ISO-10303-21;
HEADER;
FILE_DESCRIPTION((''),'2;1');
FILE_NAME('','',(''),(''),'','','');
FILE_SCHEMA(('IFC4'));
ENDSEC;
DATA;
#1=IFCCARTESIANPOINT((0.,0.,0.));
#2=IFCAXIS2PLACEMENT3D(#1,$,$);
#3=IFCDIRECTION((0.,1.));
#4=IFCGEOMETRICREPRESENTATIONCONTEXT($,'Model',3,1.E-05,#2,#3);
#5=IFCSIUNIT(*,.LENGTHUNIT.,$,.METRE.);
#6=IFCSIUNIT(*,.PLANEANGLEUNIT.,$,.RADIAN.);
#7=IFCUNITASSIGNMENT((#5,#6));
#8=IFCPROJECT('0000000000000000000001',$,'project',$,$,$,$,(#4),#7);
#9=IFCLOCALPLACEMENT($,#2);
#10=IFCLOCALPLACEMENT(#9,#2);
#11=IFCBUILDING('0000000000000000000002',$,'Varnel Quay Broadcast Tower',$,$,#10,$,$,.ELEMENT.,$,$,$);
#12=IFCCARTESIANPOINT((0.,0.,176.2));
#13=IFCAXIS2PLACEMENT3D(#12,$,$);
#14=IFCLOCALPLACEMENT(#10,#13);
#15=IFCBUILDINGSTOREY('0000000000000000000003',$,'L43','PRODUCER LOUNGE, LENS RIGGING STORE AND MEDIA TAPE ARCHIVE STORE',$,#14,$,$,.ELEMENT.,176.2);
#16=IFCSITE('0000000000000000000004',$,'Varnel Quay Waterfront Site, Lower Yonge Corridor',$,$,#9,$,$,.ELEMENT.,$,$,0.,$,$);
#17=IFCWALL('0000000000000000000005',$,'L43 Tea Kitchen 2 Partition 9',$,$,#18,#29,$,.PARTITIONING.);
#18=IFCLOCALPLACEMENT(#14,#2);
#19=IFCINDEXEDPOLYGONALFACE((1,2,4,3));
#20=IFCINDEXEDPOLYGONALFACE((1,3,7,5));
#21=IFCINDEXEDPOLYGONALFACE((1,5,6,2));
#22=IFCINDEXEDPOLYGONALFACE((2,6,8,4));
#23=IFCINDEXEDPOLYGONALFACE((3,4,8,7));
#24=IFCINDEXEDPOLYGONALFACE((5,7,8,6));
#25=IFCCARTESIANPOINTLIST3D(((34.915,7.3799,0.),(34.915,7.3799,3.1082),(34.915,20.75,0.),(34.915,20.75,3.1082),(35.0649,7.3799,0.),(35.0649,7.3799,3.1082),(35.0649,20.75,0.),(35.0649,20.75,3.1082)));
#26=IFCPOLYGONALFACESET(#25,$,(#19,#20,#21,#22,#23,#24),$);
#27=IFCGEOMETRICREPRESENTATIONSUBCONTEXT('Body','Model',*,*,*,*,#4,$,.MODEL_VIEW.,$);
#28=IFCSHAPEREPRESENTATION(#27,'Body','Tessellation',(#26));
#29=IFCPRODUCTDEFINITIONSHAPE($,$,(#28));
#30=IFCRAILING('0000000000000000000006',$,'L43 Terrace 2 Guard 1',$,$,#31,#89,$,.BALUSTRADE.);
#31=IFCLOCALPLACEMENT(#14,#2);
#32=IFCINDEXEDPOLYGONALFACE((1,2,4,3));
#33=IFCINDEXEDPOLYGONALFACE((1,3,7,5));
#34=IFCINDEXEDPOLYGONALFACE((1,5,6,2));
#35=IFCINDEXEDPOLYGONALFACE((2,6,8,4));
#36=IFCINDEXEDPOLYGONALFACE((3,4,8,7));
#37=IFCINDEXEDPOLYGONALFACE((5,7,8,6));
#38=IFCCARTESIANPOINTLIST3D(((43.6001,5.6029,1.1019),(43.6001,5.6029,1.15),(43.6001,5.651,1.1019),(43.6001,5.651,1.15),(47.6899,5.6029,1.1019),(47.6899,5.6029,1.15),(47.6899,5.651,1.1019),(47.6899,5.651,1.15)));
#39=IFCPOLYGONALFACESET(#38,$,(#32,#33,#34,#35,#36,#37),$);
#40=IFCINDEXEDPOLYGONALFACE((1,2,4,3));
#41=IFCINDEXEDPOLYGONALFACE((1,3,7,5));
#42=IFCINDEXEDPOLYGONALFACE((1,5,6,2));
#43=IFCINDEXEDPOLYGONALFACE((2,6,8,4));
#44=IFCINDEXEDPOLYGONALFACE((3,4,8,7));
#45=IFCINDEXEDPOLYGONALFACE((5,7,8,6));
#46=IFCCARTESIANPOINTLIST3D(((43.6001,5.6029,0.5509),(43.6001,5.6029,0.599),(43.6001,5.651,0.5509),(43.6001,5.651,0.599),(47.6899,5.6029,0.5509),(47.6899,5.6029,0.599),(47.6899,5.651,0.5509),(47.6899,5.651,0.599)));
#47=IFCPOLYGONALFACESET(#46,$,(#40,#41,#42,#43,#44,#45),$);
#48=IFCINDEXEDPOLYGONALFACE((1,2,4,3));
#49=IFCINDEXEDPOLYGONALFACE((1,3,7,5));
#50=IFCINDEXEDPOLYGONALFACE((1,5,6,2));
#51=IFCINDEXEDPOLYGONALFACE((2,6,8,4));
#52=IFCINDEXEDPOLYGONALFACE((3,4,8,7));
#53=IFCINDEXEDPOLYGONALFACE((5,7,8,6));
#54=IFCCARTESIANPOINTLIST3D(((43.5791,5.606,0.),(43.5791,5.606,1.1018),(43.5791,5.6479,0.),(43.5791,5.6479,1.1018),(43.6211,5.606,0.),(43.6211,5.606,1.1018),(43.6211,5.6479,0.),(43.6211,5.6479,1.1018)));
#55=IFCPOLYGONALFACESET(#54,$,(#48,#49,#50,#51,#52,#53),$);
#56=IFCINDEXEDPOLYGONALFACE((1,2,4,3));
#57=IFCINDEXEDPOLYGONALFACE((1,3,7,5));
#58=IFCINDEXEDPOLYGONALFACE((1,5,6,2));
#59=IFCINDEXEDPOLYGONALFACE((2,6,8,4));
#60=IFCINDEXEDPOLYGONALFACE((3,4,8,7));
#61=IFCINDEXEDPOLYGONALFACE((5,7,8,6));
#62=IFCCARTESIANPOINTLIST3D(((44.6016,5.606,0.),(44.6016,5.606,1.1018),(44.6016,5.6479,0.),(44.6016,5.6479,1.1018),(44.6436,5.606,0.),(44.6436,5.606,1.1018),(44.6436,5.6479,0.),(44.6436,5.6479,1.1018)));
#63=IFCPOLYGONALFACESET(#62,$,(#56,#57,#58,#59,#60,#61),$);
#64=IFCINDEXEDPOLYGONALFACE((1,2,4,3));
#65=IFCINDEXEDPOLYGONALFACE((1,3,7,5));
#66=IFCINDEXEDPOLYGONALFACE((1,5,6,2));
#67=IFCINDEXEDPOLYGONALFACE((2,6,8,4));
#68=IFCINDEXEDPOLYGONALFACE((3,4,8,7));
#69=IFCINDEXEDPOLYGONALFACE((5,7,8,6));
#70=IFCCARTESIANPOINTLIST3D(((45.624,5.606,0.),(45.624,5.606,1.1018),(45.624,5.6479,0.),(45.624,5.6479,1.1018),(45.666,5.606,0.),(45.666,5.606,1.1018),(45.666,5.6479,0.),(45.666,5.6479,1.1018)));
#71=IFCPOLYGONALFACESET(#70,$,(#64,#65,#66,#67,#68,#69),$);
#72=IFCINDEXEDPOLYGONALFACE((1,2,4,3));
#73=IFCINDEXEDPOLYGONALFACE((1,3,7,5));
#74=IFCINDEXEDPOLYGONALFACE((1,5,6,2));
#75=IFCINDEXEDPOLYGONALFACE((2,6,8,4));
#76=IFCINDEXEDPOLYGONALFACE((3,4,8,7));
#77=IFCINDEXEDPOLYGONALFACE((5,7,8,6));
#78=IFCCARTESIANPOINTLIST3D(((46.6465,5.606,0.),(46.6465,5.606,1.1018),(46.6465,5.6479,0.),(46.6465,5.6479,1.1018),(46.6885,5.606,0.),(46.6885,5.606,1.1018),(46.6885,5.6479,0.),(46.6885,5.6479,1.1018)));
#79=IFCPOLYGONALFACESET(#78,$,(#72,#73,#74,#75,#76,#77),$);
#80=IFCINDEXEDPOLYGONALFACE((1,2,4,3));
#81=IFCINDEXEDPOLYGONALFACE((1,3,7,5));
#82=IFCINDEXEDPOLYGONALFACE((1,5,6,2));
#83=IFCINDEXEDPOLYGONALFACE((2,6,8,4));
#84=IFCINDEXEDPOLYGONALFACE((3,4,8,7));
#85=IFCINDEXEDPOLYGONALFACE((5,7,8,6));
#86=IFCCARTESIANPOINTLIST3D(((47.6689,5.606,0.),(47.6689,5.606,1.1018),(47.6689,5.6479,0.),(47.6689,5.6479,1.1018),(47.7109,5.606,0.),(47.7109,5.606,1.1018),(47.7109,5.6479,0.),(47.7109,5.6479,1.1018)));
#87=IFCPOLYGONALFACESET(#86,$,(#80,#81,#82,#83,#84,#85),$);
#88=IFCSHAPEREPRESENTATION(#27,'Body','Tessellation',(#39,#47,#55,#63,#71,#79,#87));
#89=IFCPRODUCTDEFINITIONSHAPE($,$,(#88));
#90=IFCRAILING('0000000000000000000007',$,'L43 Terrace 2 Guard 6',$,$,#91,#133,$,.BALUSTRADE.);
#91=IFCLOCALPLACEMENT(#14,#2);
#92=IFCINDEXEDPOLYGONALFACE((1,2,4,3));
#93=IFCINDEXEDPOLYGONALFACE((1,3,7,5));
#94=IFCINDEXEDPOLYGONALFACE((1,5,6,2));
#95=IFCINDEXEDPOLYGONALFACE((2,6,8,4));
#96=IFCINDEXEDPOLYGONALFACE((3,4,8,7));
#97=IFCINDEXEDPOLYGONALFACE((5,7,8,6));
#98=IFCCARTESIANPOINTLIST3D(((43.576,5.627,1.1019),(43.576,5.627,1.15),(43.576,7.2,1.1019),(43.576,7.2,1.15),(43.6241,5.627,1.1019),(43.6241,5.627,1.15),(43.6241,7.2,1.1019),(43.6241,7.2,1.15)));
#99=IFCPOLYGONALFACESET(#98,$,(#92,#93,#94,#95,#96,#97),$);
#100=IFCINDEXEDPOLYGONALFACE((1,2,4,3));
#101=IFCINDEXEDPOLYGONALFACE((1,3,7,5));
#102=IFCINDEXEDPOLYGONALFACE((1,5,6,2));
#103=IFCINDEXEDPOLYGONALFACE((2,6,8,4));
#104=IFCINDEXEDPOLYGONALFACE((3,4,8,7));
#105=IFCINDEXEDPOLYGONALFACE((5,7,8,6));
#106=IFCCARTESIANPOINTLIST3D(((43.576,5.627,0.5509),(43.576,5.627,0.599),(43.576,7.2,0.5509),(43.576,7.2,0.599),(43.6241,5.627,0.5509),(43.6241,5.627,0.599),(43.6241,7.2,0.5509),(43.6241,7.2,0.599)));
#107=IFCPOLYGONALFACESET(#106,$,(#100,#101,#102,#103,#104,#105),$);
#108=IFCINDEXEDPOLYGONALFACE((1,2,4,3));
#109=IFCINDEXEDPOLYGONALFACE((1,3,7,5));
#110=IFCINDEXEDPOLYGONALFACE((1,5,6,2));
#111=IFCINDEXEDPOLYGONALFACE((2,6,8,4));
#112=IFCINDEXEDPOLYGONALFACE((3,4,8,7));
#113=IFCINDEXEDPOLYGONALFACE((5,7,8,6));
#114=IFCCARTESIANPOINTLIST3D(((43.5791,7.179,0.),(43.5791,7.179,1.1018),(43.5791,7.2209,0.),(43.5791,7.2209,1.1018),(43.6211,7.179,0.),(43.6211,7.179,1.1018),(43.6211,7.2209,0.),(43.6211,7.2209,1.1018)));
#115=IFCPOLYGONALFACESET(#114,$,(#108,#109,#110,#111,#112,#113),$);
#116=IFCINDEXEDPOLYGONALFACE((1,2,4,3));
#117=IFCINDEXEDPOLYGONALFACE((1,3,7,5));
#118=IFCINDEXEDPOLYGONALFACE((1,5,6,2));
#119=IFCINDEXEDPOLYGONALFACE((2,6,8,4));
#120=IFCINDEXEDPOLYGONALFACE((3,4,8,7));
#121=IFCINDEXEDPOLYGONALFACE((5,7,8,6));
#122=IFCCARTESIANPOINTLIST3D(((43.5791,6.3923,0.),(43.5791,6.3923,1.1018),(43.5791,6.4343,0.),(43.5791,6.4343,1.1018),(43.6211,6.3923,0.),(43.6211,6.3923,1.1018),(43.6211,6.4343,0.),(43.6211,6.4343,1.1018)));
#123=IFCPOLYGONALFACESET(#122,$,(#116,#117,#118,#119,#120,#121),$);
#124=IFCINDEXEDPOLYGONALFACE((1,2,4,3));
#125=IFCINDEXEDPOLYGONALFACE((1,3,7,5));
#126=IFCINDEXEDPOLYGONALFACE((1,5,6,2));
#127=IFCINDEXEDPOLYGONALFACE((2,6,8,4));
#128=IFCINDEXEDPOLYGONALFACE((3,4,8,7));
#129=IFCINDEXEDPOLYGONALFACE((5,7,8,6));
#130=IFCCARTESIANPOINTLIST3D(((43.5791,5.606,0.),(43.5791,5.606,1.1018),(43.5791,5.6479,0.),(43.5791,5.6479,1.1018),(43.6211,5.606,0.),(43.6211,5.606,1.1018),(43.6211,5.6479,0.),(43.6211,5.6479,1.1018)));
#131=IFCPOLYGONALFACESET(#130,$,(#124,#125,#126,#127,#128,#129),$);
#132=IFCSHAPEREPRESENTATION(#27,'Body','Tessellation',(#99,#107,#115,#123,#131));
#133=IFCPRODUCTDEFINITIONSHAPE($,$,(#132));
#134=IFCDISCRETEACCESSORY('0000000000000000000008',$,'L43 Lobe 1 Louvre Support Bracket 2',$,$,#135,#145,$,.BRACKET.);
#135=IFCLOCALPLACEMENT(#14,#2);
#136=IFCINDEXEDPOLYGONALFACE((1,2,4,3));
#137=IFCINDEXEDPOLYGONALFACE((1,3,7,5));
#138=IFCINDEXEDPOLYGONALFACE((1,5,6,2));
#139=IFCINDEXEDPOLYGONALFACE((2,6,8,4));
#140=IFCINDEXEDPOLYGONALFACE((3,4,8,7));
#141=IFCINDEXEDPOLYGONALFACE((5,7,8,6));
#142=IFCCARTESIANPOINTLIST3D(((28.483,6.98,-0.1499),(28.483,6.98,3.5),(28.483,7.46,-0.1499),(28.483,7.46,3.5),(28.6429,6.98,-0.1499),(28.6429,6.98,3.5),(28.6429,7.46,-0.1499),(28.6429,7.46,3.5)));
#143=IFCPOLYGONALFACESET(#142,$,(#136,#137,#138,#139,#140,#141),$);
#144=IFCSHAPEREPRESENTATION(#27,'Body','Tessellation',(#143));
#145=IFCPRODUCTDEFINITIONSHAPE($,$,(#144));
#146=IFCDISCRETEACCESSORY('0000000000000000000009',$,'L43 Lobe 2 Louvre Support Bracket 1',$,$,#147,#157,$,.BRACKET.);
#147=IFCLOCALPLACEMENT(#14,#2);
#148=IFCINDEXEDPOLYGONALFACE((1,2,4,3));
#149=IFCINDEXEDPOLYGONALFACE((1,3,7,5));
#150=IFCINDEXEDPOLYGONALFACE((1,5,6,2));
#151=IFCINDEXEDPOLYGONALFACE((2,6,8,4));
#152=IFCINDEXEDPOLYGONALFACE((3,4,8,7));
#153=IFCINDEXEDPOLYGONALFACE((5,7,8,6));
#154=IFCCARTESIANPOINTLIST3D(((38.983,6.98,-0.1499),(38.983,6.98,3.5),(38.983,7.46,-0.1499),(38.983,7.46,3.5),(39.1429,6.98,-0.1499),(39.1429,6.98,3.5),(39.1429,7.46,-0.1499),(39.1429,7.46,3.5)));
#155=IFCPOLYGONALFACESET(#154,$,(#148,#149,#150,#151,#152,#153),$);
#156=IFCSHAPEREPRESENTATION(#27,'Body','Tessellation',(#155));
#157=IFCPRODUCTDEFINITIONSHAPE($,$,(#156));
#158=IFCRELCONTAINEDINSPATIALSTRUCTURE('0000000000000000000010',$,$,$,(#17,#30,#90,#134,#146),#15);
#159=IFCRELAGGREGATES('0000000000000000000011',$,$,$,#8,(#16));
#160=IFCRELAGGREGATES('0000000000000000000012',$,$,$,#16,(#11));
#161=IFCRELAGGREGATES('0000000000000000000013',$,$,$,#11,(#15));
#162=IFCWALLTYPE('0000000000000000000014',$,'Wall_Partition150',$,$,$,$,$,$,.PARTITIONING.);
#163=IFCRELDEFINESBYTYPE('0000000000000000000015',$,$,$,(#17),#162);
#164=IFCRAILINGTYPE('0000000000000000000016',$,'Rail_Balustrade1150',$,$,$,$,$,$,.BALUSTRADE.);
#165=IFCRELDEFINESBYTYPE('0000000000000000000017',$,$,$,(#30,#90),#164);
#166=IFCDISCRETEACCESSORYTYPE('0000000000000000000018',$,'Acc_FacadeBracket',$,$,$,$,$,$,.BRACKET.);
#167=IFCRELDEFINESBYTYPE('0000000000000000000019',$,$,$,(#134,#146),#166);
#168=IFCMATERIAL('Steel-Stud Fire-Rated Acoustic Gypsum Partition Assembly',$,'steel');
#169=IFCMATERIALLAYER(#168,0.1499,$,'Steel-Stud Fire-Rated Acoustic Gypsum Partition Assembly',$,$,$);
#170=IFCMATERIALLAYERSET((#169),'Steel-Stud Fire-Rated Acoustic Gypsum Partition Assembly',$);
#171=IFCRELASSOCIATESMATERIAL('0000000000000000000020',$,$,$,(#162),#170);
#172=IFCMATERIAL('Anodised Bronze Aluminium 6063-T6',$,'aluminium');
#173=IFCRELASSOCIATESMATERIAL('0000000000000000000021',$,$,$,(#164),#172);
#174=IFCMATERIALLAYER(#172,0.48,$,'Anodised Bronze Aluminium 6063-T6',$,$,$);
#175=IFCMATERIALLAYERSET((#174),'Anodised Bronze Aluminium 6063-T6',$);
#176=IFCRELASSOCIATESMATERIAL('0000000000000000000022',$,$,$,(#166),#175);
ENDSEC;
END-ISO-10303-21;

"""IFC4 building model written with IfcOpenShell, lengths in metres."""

from ifc_helpers import new_model, si_unit, direction, frame, frame_2d, origin, origin_2d, place, context, subcontext, project, spatial, rectangle, extrude, source, transform, mapped, material, layer, layer_set, type_object, type_shapes, element, save


model = new_model("IFC4")

# Units and contexts
model_context = context("Model", 3, precision=1e-05, world=origin(), true_north=direction((0.0, 1.0)))
body_context = subcontext(model_context, "Body", "Model", "MODEL_VIEW")
ifc_project = project(units=[si_unit("LENGTHUNIT", "METRE"), si_unit("PLANEANGLEUNIT", "RADIAN")], contexts=[model_context])

# Site, building, storey
site_placement = place(None, origin())
site = spatial("IfcSite", under=ifc_project, at=site_placement, Name="Varnel Quay Waterfront Site, Lower Yonge Corridor", CompositionType="ELEMENT", RefElevation=0.0)
building_placement = place(site_placement, origin())
building = spatial("IfcBuilding", under=site, at=building_placement, Name="Varnel Quay Broadcast Tower", CompositionType="ELEMENT")
storey_placement = place(building_placement, frame((0.0, 0.0, 176.2)))
storey = spatial("IfcBuildingStorey", under=building, at=storey_placement, Name="L43", Description="PRODUCER LOUNGE, LENS RIGGING STORE AND MEDIA TAPE ARCHIVE STORE", CompositionType="ELEMENT", Elevation=176.2)

# Shared definitions
ifc_material_1 = material(Name="Anodised Bronze Aluminium 6063-T6", Category="aluminium")

# Shared definitions
ifc_material_2 = material(Name="Steel-Stud Fire-Rated Acoustic Gypsum Partition Assembly", Category="steel")

# Wall
ifc_layer_1 = layer(ifc_material_2, 0.1499, Name="Steel-Stud Fire-Rated Acoustic Gypsum Partition Assembly")
ifc_layer_set_1 = layer_set([ifc_layer_1], Name="Steel-Stud Fire-Rated Acoustic Gypsum Partition Assembly")
wall_type_1 = type_object("IfcWallType", Name="Wall_Partition150", PredefinedType="PARTITIONING", material=ifc_layer_set_1)
wall_1_placement = place(storey_placement, frame((34.99, 7.3799, 0.0), z_axis=(0.0, 0.0, 1.0), x_axis=(0.0, 1.0, 0.0)))
element("IfcWall", 1, at=wall_1_placement, inside=storey, type_object=wall_type_1, Name="L43 Tea Kitchen 2 Partition 9", PredefinedType="PARTITIONING", context=body_context, shape_type="SweptSolid", body=[
    extrude(rectangle(XDim=13.3701, YDim=0.1499, at=frame_2d((6.6851, 0.0))), origin(), (0.0, 0.0, 1.0), 3.1082),
])

# Railings
railing_type = type_object("IfcRailingType", Name="Rail_Balustrade1150", PredefinedType="BALUSTRADE", material=ifc_material_1)
railing_1_placement = place(storey_placement, frame((43.6001, 5.627, 0.0)))
element("IfcRailing", 2, at=railing_1_placement, inside=storey, type_object=railing_type, Name="L43 Terrace 2 Guard 1", PredefinedType="BALUSTRADE", context=body_context, shape_type="SweptSolid", body=[
    extrude(rectangle(XDim=0.0481, YDim=0.0481, at=origin_2d()), frame((0.0, 0.0, 1.126), z_axis=(1.0, 0.0, 0.0), x_axis=(0.0, 1.0, 0.0)), (0.0, 0.0, 1.0), 4.0898),
    extrude(rectangle(XDim=0.0481, YDim=0.0481, at=origin_2d()), frame((0.0, 0.0, 0.575), z_axis=(1.0, 0.0, 0.0), x_axis=(0.0, 1.0, 0.0)), (0.0, 0.0, 1.0), 4.0898),
    extrude(rectangle(XDim=0.042, YDim=0.042, at=origin_2d()), origin(), (0.0, 0.0, 1.0), 1.1018),
    extrude(rectangle(XDim=0.042, YDim=0.042, at=origin_2d()), frame((1.0225, 0.0, 0.0)), (0.0, 0.0, 1.0), 1.1018),
    extrude(rectangle(XDim=0.042, YDim=0.042, at=origin_2d()), frame((2.0449, 0.0, 0.0)), (0.0, 0.0, 1.0), 1.1018),
    extrude(rectangle(XDim=0.042, YDim=0.042, at=origin_2d()), frame((3.0674, 0.0, 0.0)), (0.0, 0.0, 1.0), 1.1018),
    extrude(rectangle(XDim=0.042, YDim=0.042, at=origin_2d()), frame((4.0898, 0.0, 0.0)), (0.0, 0.0, 1.0), 1.1018),
])
railing_2_placement = place(storey_placement, frame((43.6001, 7.2, 0.0)))
element("IfcRailing", 3, at=railing_2_placement, inside=storey, type_object=railing_type, Name="L43 Terrace 2 Guard 6", PredefinedType="BALUSTRADE", context=body_context, shape_type="SweptSolid", body=[
    extrude(rectangle(XDim=0.0481, YDim=0.0481, at=origin_2d()), frame((0.0, 0.0, 1.126), z_axis=(0.0, -1.0, 0.0), x_axis=(1.0, 0.0, 0.0)), (0.0, 0.0, 1.0), 1.573),
    extrude(rectangle(XDim=0.0481, YDim=0.0481, at=origin_2d()), frame((0.0, 0.0, 0.575), z_axis=(0.0, -1.0, 0.0), x_axis=(1.0, 0.0, 0.0)), (0.0, 0.0, 1.0), 1.573),
    extrude(rectangle(XDim=0.042, YDim=0.042, at=origin_2d()), origin(), (0.0, 0.0, 1.0), 1.1018),
    extrude(rectangle(XDim=0.042, YDim=0.042, at=origin_2d()), frame((0.0, -0.7866, 0.0)), (0.0, 0.0, 1.0), 1.1018),
    extrude(rectangle(XDim=0.042, YDim=0.042, at=origin_2d()), frame((0.0, -1.573, 0.0)), (0.0, 0.0, 1.0), 1.1018),
])

# Discrete accessories
ifc_layer_2 = layer(ifc_material_1, 0.48, Name="Anodised Bronze Aluminium 6063-T6")
ifc_layer_set_2 = layer_set([ifc_layer_2], Name="Anodised Bronze Aluminium 6063-T6")
discrete_accessory_type = type_object("IfcDiscreteAccessoryType", Name="Acc_FacadeBracket", PredefinedType="BRACKET", material=ifc_layer_set_2)
shared_shape_1 = source(origin(), body_context, "Body", "SweptSolid", [
    extrude(rectangle(XDim=0.1599, YDim=0.48, at=origin_2d()), origin(), (0.0, 0.0, 1.0), 3.6499),
])
type_shapes(discrete_accessory_type, [shared_shape_1])
for number, where, z_axis, x_axis, name in (
    (4, (28.563, 7.22, -0.1499), (0.0, 0.0, 1.0), (1.0, 0.0, 0.0), "L43 Lobe 1 Louvre Support Bracket 2"),
    (5, (39.063, 7.22, -0.1499), (0.0, 0.0, 1.0), (1.0, 0.0, 0.0), "L43 Lobe 2 Louvre Support Bracket 1"),
):
    element("IfcDiscreteAccessory", number, at=place(storey_placement, frame(where, z_axis=z_axis, x_axis=x_axis)), inside=storey, type_object=discrete_accessory_type, Name=name, PredefinedType="BRACKET", context=body_context, shape_type="MappedRepresentation", body=[
        mapped(shared_shape_1, transform((0.0, 0.0, 0.0), x_axis=(1.0, 0.0, 0.0), y_axis=(0.0, 1.0, 0.0), z_axis=(0.0, 0.0, 1.0), scale=1.0)),
    ])

save(model, "model.ifc")
